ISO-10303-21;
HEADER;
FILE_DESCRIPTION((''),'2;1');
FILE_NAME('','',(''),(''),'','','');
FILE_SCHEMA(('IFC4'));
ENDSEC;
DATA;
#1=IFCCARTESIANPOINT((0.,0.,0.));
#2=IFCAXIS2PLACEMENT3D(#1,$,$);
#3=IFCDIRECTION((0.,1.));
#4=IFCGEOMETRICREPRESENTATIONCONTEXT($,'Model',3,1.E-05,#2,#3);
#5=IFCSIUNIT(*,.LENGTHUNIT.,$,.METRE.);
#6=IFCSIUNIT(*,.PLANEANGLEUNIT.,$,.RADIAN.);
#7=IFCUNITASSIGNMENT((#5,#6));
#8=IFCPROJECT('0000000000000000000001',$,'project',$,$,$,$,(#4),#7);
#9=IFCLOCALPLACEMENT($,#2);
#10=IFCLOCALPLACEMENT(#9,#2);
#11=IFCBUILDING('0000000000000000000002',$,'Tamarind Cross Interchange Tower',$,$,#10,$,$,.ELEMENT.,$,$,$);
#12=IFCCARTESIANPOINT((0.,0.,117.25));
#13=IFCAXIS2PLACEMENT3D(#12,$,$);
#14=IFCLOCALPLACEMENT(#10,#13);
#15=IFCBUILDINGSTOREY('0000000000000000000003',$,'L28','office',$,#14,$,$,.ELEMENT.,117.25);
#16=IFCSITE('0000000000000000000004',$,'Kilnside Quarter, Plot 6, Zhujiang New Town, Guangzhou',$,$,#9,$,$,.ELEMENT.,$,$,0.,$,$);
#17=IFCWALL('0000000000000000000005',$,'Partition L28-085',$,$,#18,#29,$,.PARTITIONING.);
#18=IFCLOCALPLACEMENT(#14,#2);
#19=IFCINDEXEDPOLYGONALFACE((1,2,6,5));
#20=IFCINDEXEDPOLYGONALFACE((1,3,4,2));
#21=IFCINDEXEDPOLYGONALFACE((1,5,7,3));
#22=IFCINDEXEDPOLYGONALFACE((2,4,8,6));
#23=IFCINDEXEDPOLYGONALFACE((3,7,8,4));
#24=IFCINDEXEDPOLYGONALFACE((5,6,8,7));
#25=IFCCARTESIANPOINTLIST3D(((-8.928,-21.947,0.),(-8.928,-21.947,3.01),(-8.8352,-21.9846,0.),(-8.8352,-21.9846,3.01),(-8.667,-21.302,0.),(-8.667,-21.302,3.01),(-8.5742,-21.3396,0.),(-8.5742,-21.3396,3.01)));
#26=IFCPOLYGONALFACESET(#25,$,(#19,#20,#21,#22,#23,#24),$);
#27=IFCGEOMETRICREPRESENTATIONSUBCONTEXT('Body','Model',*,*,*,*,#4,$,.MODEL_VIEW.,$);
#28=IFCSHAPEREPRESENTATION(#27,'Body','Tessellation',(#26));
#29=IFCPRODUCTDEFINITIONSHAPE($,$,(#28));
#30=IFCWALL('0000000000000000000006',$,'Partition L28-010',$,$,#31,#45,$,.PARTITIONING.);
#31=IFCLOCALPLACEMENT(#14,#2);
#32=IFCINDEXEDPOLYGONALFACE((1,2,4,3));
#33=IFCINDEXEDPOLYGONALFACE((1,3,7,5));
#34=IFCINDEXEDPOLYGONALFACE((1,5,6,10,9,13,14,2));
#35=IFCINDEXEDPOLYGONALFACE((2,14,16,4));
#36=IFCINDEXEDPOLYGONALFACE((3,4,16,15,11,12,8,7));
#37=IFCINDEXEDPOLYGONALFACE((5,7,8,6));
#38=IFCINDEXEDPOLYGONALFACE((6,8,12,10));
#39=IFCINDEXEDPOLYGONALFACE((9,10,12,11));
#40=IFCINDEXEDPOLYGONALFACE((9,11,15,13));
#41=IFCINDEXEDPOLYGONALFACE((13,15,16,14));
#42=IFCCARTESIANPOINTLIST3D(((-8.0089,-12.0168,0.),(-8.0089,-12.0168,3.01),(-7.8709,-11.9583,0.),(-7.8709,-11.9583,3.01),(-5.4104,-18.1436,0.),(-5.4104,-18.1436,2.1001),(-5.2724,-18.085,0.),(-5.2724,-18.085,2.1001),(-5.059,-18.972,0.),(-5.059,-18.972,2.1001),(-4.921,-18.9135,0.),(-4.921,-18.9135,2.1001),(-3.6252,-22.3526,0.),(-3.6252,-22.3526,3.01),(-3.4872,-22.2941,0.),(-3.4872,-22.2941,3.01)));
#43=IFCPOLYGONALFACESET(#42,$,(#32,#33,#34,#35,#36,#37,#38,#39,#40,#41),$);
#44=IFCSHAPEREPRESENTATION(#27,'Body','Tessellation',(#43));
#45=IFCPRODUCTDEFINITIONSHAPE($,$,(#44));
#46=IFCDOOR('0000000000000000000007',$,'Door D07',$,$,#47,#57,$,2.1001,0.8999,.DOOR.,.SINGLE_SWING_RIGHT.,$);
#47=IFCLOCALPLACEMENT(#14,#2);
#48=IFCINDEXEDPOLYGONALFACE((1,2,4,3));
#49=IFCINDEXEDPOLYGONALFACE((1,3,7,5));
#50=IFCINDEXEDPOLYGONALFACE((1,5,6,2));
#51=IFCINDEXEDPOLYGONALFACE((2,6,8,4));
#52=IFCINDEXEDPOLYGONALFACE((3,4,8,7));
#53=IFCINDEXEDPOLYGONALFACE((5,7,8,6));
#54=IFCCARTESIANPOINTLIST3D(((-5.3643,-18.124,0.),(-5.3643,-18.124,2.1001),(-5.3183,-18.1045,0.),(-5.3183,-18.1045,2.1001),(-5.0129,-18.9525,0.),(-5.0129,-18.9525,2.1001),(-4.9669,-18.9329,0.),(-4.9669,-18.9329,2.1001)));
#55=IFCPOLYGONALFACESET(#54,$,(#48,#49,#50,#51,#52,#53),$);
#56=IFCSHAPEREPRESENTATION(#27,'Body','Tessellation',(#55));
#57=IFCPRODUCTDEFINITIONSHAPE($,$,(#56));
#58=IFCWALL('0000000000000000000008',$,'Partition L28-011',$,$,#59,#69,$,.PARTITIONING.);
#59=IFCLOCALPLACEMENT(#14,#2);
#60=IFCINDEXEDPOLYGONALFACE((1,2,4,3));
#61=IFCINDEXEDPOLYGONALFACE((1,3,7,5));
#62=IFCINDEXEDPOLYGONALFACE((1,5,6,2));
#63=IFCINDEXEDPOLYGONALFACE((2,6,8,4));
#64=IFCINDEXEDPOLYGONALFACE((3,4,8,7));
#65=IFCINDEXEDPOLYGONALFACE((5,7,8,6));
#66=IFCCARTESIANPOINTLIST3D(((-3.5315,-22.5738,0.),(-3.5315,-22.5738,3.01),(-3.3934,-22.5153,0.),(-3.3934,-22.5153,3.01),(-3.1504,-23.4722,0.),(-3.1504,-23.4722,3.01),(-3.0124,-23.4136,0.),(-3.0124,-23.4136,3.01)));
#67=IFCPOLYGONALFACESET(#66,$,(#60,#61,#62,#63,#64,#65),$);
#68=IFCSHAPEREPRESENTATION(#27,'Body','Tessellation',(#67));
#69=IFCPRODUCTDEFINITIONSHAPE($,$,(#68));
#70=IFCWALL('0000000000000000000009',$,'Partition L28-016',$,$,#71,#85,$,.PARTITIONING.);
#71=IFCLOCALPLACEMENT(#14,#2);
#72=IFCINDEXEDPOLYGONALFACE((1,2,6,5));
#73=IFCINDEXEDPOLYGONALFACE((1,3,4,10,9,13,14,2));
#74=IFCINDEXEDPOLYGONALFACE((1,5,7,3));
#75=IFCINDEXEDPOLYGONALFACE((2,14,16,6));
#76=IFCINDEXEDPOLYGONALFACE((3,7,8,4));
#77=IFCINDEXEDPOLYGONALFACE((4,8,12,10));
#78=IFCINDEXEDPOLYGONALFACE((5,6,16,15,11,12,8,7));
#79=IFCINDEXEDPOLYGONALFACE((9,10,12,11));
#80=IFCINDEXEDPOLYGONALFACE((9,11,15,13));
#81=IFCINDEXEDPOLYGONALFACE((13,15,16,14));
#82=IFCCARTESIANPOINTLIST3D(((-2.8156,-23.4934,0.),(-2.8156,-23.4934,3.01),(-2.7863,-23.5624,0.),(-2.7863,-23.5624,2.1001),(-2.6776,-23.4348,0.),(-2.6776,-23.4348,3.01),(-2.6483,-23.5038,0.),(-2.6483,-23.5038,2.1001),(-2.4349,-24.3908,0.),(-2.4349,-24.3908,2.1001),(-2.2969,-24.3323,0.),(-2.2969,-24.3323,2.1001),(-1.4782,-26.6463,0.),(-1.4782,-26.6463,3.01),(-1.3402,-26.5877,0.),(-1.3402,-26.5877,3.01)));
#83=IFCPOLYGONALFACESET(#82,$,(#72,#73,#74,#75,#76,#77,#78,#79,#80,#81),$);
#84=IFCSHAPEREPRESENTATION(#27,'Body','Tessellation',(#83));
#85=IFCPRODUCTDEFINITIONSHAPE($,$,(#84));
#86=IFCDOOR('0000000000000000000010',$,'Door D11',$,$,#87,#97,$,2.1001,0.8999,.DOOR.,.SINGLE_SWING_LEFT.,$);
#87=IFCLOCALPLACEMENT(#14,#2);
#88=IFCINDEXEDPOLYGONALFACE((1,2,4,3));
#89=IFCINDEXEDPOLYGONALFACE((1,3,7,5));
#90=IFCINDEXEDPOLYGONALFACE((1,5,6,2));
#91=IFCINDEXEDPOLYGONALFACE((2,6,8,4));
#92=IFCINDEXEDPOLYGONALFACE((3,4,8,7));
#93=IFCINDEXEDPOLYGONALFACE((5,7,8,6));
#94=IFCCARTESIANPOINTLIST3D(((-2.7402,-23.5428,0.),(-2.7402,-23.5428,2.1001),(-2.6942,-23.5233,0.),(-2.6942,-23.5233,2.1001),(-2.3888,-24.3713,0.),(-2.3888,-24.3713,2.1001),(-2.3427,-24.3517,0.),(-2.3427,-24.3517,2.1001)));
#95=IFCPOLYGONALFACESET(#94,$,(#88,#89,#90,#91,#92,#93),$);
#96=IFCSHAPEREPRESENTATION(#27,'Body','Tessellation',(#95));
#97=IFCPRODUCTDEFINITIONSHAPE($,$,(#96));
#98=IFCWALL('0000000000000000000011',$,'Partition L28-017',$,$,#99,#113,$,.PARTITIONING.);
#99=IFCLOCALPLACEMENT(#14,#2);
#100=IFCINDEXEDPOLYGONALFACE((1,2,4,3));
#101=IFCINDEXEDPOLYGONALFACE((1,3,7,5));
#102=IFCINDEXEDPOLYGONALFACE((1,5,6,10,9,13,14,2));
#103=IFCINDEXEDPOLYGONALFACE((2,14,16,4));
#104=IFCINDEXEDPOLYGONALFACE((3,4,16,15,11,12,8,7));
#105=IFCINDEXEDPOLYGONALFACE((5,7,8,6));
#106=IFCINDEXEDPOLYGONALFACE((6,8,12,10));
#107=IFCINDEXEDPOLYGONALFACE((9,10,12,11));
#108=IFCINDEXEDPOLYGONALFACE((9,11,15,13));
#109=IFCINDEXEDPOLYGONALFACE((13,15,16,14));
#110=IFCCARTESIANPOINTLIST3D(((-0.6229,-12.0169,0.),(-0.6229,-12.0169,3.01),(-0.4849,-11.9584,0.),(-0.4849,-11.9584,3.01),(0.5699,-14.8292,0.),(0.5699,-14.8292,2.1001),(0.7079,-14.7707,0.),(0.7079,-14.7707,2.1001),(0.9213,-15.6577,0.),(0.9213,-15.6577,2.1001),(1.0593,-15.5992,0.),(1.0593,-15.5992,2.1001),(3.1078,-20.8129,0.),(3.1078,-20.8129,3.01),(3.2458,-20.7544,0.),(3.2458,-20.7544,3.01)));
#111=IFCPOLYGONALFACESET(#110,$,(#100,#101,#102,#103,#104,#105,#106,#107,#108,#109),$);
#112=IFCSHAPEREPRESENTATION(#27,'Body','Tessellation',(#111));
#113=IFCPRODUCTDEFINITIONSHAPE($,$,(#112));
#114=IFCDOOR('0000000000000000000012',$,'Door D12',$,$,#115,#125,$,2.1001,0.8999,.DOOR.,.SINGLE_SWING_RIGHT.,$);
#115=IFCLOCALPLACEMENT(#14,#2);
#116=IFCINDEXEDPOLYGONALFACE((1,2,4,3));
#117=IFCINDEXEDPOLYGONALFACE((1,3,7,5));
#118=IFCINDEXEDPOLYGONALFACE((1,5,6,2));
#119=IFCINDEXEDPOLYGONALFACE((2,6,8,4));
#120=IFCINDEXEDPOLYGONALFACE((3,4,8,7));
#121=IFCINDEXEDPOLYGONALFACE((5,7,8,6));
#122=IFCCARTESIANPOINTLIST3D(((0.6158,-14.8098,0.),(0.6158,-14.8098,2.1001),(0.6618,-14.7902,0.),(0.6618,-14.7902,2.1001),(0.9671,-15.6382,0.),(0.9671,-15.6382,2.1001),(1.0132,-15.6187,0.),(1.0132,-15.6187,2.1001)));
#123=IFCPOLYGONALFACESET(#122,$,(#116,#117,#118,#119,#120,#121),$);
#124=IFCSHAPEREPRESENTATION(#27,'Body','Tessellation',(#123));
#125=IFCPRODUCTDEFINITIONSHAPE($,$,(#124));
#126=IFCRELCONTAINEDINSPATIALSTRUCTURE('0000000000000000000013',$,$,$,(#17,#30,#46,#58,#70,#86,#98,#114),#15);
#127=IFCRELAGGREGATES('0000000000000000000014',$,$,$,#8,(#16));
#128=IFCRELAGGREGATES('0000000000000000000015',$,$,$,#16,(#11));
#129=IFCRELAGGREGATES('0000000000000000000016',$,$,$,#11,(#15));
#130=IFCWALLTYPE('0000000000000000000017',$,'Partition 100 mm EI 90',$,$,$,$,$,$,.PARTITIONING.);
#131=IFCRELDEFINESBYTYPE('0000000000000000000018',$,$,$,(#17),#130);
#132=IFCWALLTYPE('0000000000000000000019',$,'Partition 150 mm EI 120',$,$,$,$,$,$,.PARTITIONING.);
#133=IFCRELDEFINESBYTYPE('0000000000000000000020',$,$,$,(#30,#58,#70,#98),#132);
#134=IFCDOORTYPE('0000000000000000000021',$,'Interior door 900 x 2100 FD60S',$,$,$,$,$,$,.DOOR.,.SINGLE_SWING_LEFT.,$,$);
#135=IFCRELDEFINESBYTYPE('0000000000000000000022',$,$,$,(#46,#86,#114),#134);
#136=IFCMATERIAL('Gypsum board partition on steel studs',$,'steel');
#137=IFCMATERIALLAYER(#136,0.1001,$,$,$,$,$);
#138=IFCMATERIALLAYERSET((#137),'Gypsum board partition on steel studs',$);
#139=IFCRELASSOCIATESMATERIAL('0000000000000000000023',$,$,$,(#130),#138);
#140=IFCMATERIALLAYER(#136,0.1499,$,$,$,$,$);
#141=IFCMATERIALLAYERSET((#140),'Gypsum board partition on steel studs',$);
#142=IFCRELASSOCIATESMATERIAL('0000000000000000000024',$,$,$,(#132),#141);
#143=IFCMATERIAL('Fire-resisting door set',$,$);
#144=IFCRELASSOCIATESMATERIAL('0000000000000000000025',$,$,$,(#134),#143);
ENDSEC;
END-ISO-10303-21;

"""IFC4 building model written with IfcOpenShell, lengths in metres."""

from ifc_helpers import new_model, si_unit, direction, frame, frame_2d, origin, place, context, subcontext, project, spatial, rectangle, extrude, material, layer, layer_set, type_object, element, fill, save


model = new_model("IFC4")

# Units and contexts
model_context = context("Model", 3, precision=1e-05, world=origin(), true_north=direction((0.0, 1.0)))
body_context = subcontext(model_context, "Body", "Model", "MODEL_VIEW")
ifc_project = project(units=[si_unit("LENGTHUNIT", "METRE"), si_unit("PLANEANGLEUNIT", "RADIAN")], contexts=[model_context])

# Site, building, storey
site_placement = place(None, origin())
site = spatial("IfcSite", under=ifc_project, at=site_placement, Name="Kilnside Quarter, Plot 6, Zhujiang New Town, Guangzhou", CompositionType="ELEMENT", RefElevation=0.0)
building_placement = place(site_placement, origin())
building = spatial("IfcBuilding", under=site, at=building_placement, Name="Tamarind Cross Interchange Tower", CompositionType="ELEMENT")
storey_placement = place(building_placement, frame((0.0, 0.0, 117.25)))
storey = spatial("IfcBuildingStorey", under=building, at=storey_placement, Name="L28", Description="office", CompositionType="ELEMENT", Elevation=117.25)

# Wall
ifc_material_1 = material(Name="Gypsum board partition on steel studs", Category="steel")
ifc_layer_1 = layer(ifc_material_1, 0.1001)
ifc_layer_set_1 = layer_set([ifc_layer_1], Name="Gypsum board partition on steel studs")
wall_type_1 = type_object("IfcWallType", Name="Partition 100 mm EI 90", PredefinedType="PARTITIONING", material=ifc_layer_set_1)
wall_1_placement = place(storey_placement, frame((-8.8816, -21.9658, 0.0), z_axis=(0.0, 0.0, 1.0), x_axis=(0.375078, 0.926993, 0.0)))
element("IfcWall", 1, at=wall_1_placement, inside=storey, type_object=wall_type_1, Name="Partition L28-085", PredefinedType="PARTITIONING", context=body_context, shape_type="SweptSolid", body=[
    extrude(rectangle(XDim=0.6958, YDim=0.1001, at=frame_2d((0.3479, 0.0))), origin(), (0.0, 0.0, 1.0), 3.01),
])

# Wall, opening, door
ifc_layer_2 = layer(ifc_material_1, 0.1499)
ifc_layer_set_2 = layer_set([ifc_layer_2], Name="Gypsum board partition on steel studs")
wall_type_2 = type_object("IfcWallType", Name="Partition 150 mm EI 120", PredefinedType="PARTITIONING", material=ifc_layer_set_2)
wall_2_placement = place(storey_placement, frame((-7.9399, -11.9875, 0.0), z_axis=(0.0, 0.0, 1.0), x_axis=(0.390463, -0.920619, 0.0)))
wall_2 = element("IfcWall", 2, at=wall_2_placement, inside=storey, type_object=wall_type_2, Name="Partition L28-010", PredefinedType="PARTITIONING", context=body_context, shape_type="SweptSolid", body=[
    extrude(rectangle(XDim=11.2271, YDim=0.1499, at=frame_2d((5.6135, 0.0))), origin(), (0.0, 0.0, 1.0), 3.01),
])
opening_1_placement = place(wall_2_placement, frame((6.655, 0.0, 0.0)))
opening_1 = element("IfcOpeningElement", 3, at=opening_1_placement, cuts=wall_2, PredefinedType="OPENING", context=body_context, shape_type="SweptSolid", body=[
    extrude(rectangle(XDim=0.8999, YDim=2.1001, at=frame_2d((0.45, 1.05))), frame((0.0, 0.085, 0.0), z_axis=(0.0, -1.0, 0.0), x_axis=(1.0, 0.0, 0.0)), (0.0, 0.0, 1.0), 0.1699),
])
ifc_material_2 = material(Name="Fire-resisting door set")
door_type = type_object("IfcDoorType", Name="Interior door 900 x 2100 FD60S", OperationType="SINGLE_SWING_LEFT", PredefinedType="DOOR", material=ifc_material_2)
door_1_placement = place(opening_1_placement, frame((0.8999, 0.0, 0.0), z_axis=(0.0, 0.0, 1.0), x_axis=(-1.0, 0.0, 0.0)))
door_1 = element("IfcDoor", 4, at=door_1_placement, inside=storey, type_object=door_type, Name="Door D07", OperationType="SINGLE_SWING_RIGHT", OverallHeight=2.1001, OverallWidth=0.8999, PredefinedType="DOOR", context=body_context, shape_type="SweptSolid", body=[
    extrude(rectangle(XDim=0.8999, YDim=2.1001, at=frame_2d((0.45, 1.05))), frame((0.0, 0.0249, 0.0), z_axis=(0.0, -1.0, 0.0), x_axis=(1.0, 0.0, 0.0)), (0.0, 0.0, 1.0), 0.05),
])
fill(opening_1, door_1)

# Wall
wall_3_placement = place(storey_placement, frame((-3.4624, -22.5447, 0.0), z_axis=(0.0, 0.0, 1.0), x_axis=(0.390505, -0.920601, 0.0)))
element("IfcWall", 5, at=wall_3_placement, inside=storey, type_object=wall_type_2, Name="Partition L28-011", PredefinedType="PARTITIONING", context=body_context, shape_type="SweptSolid", body=[
    extrude(rectangle(XDim=0.9758, YDim=0.1499, at=frame_2d((0.4878, 0.0))), origin(), (0.0, 0.0, 1.0), 3.01),
])

# Walls, openings, doors
wall_4_placement = place(storey_placement, frame((-2.7466, -23.4641, 0.0), z_axis=(0.0, 0.0, 1.0), x_axis=(0.39051, -0.920599, 0.0)))
wall_4 = element("IfcWall", 6, at=wall_4_placement, inside=storey, type_object=wall_type_2, Name="Partition L28-016", PredefinedType="PARTITIONING", context=body_context, shape_type="SweptSolid", body=[
    extrude(rectangle(XDim=3.4248, YDim=0.1499, at=frame_2d((1.7124, 0.0))), origin(), (0.0, 0.0, 1.0), 3.01),
])
opening_2_placement = place(wall_4_placement, frame((0.075, 0.0, 0.0)))
opening_2 = element("IfcOpeningElement", 7, at=opening_2_placement, cuts=wall_4, PredefinedType="OPENING", context=body_context, shape_type="SweptSolid", body=[
    extrude(rectangle(XDim=0.8999, YDim=2.1001, at=frame_2d((0.45, 1.05))), frame((0.0, 0.085, 0.0), z_axis=(0.0, -1.0, 0.0), x_axis=(1.0, 0.0, 0.0)), (0.0, 0.0, 1.0), 0.1699),
])
door_2_placement = place(opening_2_placement, frame((0.8999, 0.0, 0.0), z_axis=(0.0, 0.0, 1.0), x_axis=(-1.0, 0.0, 0.0)))
door_2 = element("IfcDoor", 8, at=door_2_placement, inside=storey, type_object=door_type, Name="Door D11", OperationType="SINGLE_SWING_LEFT", OverallHeight=2.1001, OverallWidth=0.8999, PredefinedType="DOOR", context=body_context, shape_type="SweptSolid", body=[
    extrude(rectangle(XDim=0.8999, YDim=2.1001, at=frame_2d((0.45, 1.05))), frame((0.0, 0.0249, 0.0), z_axis=(0.0, -1.0, 0.0), x_axis=(1.0, 0.0, 0.0)), (0.0, 0.0, 1.0), 0.05),
])
fill(opening_2, door_2)
wall_5_placement = place(storey_placement, frame((-0.554, -11.9875, 0.0), z_axis=(0.0, 0.0, 1.0), x_axis=(0.390472, -0.920615, 0.0)))
wall_5 = element("IfcWall", 9, at=wall_5_placement, inside=storey, type_object=wall_type_2, Name="Partition L28-017", PredefinedType="PARTITIONING", context=body_context, shape_type="SweptSolid", body=[
    extrude(rectangle(XDim=9.5544, YDim=0.1499, at=frame_2d((4.7773, 0.0))), origin(), (0.0, 0.0, 1.0), 3.01),
])
opening_3_placement = place(wall_5_placement, frame((3.0549, 0.0, 0.0)))
opening_3 = element("IfcOpeningElement", 10, at=opening_3_placement, cuts=wall_5, PredefinedType="OPENING", context=body_context, shape_type="SweptSolid", body=[
    extrude(rectangle(XDim=0.8999, YDim=2.1001, at=frame_2d((0.45, 1.05))), frame((0.0, 0.085, 0.0), z_axis=(0.0, -1.0, 0.0), x_axis=(1.0, 0.0, 0.0)), (0.0, 0.0, 1.0), 0.1699),
])
door_3_placement = place(opening_3_placement, origin())
door_3 = element("IfcDoor", 11, at=door_3_placement, inside=storey, type_object=door_type, Name="Door D12", OperationType="SINGLE_SWING_RIGHT", OverallHeight=2.1001, OverallWidth=0.8999, PredefinedType="DOOR", context=body_context, shape_type="SweptSolid", body=[
    extrude(rectangle(XDim=0.8999, YDim=2.1001, at=frame_2d((0.45, 1.05))), frame((0.0, 0.0249, 0.0), z_axis=(0.0, -1.0, 0.0), x_axis=(1.0, 0.0, 0.0)), (0.0, 0.0, 1.0), 0.05),
])
fill(opening_3, door_3)

save(model, "model.ifc")
